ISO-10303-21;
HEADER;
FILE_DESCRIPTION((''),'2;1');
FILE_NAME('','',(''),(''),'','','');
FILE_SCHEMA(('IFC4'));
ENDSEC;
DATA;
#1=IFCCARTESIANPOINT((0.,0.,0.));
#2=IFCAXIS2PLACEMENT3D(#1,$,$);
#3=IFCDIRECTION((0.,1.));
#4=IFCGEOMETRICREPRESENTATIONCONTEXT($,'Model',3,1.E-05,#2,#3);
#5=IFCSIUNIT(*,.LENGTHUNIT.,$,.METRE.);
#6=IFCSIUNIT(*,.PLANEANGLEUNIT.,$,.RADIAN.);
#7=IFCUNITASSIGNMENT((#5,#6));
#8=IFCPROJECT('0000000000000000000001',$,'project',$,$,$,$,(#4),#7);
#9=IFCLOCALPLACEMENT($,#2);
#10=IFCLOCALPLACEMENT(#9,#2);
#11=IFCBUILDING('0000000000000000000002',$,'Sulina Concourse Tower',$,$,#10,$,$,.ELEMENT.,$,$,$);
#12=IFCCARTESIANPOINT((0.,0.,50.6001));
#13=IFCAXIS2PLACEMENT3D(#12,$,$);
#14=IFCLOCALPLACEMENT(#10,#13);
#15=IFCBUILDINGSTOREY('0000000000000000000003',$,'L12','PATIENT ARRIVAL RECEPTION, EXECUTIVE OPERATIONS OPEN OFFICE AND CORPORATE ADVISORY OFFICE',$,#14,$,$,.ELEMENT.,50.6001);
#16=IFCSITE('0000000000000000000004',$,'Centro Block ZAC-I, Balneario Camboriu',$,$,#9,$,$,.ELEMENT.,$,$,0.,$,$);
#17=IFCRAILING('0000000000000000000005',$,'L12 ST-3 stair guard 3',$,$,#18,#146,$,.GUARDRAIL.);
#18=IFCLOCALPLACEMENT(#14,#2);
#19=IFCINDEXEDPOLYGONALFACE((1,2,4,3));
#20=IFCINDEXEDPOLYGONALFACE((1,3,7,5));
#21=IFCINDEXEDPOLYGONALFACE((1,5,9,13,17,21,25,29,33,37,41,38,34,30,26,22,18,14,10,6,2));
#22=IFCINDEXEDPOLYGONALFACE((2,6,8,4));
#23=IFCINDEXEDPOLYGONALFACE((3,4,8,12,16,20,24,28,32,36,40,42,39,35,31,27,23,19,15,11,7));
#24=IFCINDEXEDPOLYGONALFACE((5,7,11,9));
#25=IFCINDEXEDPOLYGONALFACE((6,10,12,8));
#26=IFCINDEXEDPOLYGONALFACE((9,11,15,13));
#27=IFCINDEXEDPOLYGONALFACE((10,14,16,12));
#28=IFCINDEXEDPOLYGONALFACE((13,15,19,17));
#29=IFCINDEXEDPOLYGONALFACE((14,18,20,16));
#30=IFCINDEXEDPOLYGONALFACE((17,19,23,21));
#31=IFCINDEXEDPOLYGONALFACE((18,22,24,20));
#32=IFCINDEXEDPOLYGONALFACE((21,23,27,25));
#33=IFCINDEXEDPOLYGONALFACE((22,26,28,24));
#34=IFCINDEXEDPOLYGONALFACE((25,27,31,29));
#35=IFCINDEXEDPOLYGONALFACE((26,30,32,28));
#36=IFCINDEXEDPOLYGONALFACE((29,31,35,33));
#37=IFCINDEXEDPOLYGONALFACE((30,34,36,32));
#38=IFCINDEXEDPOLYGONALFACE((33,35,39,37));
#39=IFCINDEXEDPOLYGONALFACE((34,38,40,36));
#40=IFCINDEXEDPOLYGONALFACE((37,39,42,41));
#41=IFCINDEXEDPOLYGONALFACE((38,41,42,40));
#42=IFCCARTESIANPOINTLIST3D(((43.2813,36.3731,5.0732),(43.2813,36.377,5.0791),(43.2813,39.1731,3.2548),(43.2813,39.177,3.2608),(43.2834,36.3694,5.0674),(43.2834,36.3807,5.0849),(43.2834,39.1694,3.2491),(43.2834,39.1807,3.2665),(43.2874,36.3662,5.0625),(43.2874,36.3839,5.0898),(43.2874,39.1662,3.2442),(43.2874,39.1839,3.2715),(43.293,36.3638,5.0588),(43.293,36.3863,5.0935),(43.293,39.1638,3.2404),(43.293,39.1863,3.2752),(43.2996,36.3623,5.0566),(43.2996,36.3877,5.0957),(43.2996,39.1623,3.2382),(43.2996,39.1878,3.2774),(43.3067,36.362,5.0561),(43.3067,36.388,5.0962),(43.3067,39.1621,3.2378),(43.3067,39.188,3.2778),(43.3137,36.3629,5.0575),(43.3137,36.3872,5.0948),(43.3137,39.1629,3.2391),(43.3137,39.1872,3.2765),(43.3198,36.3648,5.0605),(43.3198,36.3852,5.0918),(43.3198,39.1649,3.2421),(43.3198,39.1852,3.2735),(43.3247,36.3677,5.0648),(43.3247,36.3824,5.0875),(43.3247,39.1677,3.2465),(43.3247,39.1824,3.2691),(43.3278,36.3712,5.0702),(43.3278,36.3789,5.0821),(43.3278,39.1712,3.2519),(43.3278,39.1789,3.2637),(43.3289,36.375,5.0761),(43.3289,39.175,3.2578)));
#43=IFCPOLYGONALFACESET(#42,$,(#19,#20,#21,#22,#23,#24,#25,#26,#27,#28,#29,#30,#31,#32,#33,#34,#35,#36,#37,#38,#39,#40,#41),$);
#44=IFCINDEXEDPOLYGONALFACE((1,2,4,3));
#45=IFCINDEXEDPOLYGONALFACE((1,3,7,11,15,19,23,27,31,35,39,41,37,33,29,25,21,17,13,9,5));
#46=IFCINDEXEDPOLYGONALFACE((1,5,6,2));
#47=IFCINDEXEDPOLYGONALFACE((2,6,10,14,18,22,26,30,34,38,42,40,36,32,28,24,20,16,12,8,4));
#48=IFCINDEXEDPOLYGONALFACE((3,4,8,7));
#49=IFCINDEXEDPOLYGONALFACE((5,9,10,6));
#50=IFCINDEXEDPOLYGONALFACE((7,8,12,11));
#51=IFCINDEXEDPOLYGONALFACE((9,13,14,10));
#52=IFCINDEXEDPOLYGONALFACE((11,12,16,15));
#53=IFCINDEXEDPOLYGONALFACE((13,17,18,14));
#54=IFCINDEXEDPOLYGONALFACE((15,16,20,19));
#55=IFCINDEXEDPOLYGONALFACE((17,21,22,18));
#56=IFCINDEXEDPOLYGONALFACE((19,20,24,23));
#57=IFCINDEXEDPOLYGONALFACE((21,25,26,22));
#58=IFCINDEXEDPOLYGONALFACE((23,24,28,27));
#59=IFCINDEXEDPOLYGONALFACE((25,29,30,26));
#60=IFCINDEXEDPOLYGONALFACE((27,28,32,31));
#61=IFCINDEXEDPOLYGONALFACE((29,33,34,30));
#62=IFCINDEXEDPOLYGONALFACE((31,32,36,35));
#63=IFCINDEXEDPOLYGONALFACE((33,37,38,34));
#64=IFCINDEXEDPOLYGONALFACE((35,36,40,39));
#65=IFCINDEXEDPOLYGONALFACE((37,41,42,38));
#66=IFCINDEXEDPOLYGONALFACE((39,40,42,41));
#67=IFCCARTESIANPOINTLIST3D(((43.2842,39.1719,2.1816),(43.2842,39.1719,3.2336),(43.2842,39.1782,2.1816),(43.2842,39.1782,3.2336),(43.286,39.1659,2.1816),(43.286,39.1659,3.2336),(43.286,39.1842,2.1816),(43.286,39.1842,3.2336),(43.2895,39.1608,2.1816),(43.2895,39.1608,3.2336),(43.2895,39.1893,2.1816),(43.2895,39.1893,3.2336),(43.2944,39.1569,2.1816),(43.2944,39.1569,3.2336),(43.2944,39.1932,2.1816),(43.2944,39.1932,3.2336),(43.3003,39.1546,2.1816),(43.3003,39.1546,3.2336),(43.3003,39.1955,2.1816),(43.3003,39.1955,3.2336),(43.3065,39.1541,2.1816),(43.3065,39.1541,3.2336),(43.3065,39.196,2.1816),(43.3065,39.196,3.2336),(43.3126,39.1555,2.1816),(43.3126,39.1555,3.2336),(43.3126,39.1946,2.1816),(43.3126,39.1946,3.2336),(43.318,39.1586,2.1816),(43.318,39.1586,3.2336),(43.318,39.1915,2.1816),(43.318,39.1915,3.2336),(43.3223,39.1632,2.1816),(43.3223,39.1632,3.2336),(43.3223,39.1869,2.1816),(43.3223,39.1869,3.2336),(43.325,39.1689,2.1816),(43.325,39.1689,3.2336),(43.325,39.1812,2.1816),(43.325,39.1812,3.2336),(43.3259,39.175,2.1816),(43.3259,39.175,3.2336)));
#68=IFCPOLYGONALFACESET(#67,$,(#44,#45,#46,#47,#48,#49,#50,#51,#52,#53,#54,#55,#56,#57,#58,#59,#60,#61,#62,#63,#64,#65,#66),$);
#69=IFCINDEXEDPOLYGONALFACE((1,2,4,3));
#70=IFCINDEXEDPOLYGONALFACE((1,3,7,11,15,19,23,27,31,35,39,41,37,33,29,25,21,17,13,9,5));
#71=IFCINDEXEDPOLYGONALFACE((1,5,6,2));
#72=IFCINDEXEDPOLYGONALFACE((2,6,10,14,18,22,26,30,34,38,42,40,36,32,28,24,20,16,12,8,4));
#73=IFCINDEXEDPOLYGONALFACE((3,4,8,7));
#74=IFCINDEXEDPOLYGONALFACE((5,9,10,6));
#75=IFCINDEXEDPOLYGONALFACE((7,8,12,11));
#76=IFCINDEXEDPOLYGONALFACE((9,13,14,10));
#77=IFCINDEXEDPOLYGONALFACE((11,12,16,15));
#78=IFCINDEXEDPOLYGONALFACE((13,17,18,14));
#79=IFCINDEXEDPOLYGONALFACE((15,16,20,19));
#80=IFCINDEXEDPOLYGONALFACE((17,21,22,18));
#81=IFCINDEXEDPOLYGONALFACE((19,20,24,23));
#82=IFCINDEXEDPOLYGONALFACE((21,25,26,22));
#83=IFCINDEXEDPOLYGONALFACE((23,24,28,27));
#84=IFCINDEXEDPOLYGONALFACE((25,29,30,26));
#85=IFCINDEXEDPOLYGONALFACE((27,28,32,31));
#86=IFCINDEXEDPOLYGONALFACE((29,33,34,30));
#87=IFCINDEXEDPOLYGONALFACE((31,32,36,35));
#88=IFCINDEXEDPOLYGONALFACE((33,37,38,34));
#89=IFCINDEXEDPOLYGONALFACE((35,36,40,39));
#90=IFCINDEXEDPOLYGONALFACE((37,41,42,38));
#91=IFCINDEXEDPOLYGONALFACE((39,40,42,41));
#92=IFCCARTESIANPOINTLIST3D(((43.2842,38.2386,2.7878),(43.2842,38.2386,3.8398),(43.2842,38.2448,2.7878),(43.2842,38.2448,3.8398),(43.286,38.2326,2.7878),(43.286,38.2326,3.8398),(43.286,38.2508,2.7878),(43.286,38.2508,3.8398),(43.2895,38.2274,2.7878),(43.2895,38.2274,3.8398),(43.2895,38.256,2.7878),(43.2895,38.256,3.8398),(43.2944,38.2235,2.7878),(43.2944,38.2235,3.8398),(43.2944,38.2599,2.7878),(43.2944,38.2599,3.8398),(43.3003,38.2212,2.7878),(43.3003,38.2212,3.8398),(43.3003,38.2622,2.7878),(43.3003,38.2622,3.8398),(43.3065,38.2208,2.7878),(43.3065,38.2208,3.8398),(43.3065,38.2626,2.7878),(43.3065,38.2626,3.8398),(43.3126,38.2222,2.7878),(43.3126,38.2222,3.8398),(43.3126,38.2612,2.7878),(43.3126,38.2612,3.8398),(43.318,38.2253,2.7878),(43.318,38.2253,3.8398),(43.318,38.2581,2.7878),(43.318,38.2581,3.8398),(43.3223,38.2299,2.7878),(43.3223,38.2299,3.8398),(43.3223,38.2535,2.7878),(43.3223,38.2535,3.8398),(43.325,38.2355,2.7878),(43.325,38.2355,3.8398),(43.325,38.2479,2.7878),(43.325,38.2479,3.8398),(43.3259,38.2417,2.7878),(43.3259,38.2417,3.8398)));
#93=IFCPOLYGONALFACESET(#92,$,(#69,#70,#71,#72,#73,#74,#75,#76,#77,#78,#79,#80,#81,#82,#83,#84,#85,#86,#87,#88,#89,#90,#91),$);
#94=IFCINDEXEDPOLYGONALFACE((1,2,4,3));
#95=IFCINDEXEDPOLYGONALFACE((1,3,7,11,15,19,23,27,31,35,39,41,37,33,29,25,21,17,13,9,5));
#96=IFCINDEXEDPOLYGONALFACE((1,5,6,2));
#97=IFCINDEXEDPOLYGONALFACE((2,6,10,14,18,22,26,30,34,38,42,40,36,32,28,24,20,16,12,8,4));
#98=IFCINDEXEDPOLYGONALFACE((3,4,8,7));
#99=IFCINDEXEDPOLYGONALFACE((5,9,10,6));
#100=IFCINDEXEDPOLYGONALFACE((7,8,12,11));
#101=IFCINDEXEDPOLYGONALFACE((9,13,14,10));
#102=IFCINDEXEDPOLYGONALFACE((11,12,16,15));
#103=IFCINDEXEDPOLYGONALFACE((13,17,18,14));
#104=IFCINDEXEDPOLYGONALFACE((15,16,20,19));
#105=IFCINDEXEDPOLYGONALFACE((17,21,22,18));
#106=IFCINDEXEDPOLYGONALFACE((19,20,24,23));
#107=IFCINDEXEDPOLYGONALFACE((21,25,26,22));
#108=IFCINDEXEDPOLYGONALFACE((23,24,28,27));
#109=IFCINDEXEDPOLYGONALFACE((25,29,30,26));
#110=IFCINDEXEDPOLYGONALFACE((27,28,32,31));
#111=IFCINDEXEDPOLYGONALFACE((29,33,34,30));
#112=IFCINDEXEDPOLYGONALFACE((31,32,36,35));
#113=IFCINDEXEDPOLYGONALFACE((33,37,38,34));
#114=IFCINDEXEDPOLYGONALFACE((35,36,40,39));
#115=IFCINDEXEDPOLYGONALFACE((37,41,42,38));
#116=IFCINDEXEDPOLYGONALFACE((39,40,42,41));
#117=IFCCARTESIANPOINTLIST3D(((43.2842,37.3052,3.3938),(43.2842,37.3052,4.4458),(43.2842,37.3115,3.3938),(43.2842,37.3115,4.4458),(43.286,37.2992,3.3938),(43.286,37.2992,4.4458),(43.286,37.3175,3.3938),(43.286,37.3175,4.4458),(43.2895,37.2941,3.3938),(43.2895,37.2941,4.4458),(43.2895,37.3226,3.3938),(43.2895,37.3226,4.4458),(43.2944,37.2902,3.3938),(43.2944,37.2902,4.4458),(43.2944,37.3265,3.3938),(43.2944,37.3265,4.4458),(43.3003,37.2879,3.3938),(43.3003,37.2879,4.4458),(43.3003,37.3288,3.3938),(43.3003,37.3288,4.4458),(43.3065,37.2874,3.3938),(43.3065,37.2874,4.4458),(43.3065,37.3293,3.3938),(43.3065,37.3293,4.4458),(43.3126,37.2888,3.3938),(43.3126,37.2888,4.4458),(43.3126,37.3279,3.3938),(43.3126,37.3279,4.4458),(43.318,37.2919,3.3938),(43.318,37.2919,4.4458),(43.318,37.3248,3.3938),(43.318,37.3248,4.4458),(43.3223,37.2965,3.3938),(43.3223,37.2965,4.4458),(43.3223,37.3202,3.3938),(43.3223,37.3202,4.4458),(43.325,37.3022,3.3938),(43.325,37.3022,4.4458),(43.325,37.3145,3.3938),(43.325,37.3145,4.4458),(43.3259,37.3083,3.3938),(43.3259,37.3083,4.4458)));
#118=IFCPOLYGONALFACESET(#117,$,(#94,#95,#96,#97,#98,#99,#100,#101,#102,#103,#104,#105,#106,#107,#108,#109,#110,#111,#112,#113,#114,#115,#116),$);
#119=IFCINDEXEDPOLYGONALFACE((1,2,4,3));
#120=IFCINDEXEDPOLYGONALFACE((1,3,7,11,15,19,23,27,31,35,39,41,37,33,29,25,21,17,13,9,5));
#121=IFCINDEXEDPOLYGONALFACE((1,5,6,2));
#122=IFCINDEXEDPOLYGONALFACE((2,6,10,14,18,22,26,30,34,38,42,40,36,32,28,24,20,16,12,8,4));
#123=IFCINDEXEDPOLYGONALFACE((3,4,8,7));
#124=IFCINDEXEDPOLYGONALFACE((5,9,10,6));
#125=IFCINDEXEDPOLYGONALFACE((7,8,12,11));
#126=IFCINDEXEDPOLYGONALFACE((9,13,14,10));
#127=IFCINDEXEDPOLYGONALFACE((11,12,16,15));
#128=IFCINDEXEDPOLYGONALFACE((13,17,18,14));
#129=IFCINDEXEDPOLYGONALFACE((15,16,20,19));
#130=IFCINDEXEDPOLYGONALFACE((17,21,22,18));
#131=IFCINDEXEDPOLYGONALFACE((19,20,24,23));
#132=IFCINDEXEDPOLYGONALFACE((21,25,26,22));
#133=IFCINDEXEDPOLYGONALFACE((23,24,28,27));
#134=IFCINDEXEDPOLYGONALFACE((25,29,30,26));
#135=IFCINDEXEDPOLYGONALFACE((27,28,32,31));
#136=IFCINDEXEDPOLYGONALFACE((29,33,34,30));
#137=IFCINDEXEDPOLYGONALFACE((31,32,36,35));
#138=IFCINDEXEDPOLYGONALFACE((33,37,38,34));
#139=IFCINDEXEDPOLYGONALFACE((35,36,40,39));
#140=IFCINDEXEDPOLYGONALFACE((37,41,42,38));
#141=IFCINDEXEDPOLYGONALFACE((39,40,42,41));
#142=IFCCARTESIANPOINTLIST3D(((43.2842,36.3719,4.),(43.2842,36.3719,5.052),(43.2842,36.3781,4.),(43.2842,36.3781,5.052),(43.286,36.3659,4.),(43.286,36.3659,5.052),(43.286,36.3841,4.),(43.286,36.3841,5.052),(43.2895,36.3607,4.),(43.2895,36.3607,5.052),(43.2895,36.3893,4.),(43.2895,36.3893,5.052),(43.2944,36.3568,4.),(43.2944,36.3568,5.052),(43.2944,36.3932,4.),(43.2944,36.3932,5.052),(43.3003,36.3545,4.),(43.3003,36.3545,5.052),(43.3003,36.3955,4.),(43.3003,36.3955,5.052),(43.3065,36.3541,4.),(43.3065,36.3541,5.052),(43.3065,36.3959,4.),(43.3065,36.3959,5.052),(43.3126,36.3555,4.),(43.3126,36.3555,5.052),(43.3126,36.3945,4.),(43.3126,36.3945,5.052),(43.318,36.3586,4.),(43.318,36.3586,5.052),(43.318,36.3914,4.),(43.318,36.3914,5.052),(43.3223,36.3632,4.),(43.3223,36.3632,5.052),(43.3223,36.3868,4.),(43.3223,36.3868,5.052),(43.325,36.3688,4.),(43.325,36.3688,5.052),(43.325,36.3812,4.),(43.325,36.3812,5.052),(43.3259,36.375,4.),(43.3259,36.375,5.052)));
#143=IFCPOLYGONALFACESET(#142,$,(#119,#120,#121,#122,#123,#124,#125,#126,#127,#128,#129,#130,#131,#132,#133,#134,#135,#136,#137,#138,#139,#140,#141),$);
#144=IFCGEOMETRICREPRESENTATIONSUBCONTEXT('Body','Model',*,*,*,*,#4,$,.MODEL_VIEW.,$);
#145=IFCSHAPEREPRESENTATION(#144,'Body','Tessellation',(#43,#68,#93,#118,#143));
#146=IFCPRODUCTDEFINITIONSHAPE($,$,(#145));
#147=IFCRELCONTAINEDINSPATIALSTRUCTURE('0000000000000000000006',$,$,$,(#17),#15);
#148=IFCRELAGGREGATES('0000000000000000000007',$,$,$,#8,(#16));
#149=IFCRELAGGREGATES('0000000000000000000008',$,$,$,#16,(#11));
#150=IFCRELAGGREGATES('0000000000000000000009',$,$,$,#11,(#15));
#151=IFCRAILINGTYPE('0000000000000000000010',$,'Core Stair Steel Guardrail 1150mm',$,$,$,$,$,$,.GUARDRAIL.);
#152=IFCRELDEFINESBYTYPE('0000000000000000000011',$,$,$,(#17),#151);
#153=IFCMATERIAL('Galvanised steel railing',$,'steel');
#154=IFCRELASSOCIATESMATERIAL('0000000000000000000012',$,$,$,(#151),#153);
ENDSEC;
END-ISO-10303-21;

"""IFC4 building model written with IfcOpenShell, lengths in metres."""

from ifc_helpers import new_model, si_unit, direction, frame, origin, origin_2d, place, context, subcontext, project, spatial, circle, extrude, material, type_object, element, save


model = new_model("IFC4")

# Units and contexts
model_context = context("Model", 3, precision=1e-05, world=origin(), true_north=direction((0.0, 1.0)))
body_context = subcontext(model_context, "Body", "Model", "MODEL_VIEW")
ifc_project = project(units=[si_unit("LENGTHUNIT", "METRE"), si_unit("PLANEANGLEUNIT", "RADIAN")], contexts=[model_context])

# Site, building, storey
site_placement = place(None, origin())
site = spatial("IfcSite", under=ifc_project, at=site_placement, Name="Centro Block ZAC-I, Balneario Camboriu", CompositionType="ELEMENT", RefElevation=0.0)
building_placement = place(site_placement, origin())
building = spatial("IfcBuilding", under=site, at=building_placement, Name="Sulina Concourse Tower", CompositionType="ELEMENT")
storey_placement = place(building_placement, frame((0.0, 0.0, 50.6001)))
storey = spatial("IfcBuildingStorey", under=building, at=storey_placement, Name="L12", Description="PATIENT ARRIVAL RECEPTION, EXECUTIVE OPERATIONS OPEN OFFICE AND CORPORATE ADVISORY OFFICE", CompositionType="ELEMENT", Elevation=50.6001)

# Railing
ifc_material_1 = material(Name="Galvanised steel railing", Category="steel")
railing_type_1 = type_object("IfcRailingType", Name="Core Stair Steel Guardrail 1150mm", PredefinedType="GUARDRAIL", material=ifc_material_1)
railing_1_placement = place(storey_placement, frame((43.3049, 39.175, 2.1816)))
element("IfcRailing", 1, at=railing_1_placement, inside=storey, type_object=railing_type_1, Name="L12 ST-3 stair guard 3", PredefinedType="GUARDRAIL", context=body_context, shape_type="SweptSolid", body=[
    extrude(circle(Radius=0.0239, at=origin_2d()), frame((0.0, 0.0, 1.0762), z_axis=(0.0, -0.838672, 0.544636), x_axis=(1.0, 0.0, 0.0)), (0.0, 0.0, 1.0), 3.3386),
    extrude(circle(Radius=0.021, at=origin_2d()), origin(), (0.0, 0.0, 1.0), 1.052),
    extrude(circle(Radius=0.021, at=origin_2d()), frame((0.0, -0.9333, 0.6062)), (0.0, 0.0, 1.0), 1.052),
    extrude(circle(Radius=0.021, at=origin_2d()), frame((0.0, -1.8667, 1.2122)), (0.0, 0.0, 1.0), 1.052),
    extrude(circle(Radius=0.021, at=origin_2d()), frame((0.0, -2.8, 1.8184)), (0.0, 0.0, 1.0), 1.052),
])

save(model, "model.ifc")
